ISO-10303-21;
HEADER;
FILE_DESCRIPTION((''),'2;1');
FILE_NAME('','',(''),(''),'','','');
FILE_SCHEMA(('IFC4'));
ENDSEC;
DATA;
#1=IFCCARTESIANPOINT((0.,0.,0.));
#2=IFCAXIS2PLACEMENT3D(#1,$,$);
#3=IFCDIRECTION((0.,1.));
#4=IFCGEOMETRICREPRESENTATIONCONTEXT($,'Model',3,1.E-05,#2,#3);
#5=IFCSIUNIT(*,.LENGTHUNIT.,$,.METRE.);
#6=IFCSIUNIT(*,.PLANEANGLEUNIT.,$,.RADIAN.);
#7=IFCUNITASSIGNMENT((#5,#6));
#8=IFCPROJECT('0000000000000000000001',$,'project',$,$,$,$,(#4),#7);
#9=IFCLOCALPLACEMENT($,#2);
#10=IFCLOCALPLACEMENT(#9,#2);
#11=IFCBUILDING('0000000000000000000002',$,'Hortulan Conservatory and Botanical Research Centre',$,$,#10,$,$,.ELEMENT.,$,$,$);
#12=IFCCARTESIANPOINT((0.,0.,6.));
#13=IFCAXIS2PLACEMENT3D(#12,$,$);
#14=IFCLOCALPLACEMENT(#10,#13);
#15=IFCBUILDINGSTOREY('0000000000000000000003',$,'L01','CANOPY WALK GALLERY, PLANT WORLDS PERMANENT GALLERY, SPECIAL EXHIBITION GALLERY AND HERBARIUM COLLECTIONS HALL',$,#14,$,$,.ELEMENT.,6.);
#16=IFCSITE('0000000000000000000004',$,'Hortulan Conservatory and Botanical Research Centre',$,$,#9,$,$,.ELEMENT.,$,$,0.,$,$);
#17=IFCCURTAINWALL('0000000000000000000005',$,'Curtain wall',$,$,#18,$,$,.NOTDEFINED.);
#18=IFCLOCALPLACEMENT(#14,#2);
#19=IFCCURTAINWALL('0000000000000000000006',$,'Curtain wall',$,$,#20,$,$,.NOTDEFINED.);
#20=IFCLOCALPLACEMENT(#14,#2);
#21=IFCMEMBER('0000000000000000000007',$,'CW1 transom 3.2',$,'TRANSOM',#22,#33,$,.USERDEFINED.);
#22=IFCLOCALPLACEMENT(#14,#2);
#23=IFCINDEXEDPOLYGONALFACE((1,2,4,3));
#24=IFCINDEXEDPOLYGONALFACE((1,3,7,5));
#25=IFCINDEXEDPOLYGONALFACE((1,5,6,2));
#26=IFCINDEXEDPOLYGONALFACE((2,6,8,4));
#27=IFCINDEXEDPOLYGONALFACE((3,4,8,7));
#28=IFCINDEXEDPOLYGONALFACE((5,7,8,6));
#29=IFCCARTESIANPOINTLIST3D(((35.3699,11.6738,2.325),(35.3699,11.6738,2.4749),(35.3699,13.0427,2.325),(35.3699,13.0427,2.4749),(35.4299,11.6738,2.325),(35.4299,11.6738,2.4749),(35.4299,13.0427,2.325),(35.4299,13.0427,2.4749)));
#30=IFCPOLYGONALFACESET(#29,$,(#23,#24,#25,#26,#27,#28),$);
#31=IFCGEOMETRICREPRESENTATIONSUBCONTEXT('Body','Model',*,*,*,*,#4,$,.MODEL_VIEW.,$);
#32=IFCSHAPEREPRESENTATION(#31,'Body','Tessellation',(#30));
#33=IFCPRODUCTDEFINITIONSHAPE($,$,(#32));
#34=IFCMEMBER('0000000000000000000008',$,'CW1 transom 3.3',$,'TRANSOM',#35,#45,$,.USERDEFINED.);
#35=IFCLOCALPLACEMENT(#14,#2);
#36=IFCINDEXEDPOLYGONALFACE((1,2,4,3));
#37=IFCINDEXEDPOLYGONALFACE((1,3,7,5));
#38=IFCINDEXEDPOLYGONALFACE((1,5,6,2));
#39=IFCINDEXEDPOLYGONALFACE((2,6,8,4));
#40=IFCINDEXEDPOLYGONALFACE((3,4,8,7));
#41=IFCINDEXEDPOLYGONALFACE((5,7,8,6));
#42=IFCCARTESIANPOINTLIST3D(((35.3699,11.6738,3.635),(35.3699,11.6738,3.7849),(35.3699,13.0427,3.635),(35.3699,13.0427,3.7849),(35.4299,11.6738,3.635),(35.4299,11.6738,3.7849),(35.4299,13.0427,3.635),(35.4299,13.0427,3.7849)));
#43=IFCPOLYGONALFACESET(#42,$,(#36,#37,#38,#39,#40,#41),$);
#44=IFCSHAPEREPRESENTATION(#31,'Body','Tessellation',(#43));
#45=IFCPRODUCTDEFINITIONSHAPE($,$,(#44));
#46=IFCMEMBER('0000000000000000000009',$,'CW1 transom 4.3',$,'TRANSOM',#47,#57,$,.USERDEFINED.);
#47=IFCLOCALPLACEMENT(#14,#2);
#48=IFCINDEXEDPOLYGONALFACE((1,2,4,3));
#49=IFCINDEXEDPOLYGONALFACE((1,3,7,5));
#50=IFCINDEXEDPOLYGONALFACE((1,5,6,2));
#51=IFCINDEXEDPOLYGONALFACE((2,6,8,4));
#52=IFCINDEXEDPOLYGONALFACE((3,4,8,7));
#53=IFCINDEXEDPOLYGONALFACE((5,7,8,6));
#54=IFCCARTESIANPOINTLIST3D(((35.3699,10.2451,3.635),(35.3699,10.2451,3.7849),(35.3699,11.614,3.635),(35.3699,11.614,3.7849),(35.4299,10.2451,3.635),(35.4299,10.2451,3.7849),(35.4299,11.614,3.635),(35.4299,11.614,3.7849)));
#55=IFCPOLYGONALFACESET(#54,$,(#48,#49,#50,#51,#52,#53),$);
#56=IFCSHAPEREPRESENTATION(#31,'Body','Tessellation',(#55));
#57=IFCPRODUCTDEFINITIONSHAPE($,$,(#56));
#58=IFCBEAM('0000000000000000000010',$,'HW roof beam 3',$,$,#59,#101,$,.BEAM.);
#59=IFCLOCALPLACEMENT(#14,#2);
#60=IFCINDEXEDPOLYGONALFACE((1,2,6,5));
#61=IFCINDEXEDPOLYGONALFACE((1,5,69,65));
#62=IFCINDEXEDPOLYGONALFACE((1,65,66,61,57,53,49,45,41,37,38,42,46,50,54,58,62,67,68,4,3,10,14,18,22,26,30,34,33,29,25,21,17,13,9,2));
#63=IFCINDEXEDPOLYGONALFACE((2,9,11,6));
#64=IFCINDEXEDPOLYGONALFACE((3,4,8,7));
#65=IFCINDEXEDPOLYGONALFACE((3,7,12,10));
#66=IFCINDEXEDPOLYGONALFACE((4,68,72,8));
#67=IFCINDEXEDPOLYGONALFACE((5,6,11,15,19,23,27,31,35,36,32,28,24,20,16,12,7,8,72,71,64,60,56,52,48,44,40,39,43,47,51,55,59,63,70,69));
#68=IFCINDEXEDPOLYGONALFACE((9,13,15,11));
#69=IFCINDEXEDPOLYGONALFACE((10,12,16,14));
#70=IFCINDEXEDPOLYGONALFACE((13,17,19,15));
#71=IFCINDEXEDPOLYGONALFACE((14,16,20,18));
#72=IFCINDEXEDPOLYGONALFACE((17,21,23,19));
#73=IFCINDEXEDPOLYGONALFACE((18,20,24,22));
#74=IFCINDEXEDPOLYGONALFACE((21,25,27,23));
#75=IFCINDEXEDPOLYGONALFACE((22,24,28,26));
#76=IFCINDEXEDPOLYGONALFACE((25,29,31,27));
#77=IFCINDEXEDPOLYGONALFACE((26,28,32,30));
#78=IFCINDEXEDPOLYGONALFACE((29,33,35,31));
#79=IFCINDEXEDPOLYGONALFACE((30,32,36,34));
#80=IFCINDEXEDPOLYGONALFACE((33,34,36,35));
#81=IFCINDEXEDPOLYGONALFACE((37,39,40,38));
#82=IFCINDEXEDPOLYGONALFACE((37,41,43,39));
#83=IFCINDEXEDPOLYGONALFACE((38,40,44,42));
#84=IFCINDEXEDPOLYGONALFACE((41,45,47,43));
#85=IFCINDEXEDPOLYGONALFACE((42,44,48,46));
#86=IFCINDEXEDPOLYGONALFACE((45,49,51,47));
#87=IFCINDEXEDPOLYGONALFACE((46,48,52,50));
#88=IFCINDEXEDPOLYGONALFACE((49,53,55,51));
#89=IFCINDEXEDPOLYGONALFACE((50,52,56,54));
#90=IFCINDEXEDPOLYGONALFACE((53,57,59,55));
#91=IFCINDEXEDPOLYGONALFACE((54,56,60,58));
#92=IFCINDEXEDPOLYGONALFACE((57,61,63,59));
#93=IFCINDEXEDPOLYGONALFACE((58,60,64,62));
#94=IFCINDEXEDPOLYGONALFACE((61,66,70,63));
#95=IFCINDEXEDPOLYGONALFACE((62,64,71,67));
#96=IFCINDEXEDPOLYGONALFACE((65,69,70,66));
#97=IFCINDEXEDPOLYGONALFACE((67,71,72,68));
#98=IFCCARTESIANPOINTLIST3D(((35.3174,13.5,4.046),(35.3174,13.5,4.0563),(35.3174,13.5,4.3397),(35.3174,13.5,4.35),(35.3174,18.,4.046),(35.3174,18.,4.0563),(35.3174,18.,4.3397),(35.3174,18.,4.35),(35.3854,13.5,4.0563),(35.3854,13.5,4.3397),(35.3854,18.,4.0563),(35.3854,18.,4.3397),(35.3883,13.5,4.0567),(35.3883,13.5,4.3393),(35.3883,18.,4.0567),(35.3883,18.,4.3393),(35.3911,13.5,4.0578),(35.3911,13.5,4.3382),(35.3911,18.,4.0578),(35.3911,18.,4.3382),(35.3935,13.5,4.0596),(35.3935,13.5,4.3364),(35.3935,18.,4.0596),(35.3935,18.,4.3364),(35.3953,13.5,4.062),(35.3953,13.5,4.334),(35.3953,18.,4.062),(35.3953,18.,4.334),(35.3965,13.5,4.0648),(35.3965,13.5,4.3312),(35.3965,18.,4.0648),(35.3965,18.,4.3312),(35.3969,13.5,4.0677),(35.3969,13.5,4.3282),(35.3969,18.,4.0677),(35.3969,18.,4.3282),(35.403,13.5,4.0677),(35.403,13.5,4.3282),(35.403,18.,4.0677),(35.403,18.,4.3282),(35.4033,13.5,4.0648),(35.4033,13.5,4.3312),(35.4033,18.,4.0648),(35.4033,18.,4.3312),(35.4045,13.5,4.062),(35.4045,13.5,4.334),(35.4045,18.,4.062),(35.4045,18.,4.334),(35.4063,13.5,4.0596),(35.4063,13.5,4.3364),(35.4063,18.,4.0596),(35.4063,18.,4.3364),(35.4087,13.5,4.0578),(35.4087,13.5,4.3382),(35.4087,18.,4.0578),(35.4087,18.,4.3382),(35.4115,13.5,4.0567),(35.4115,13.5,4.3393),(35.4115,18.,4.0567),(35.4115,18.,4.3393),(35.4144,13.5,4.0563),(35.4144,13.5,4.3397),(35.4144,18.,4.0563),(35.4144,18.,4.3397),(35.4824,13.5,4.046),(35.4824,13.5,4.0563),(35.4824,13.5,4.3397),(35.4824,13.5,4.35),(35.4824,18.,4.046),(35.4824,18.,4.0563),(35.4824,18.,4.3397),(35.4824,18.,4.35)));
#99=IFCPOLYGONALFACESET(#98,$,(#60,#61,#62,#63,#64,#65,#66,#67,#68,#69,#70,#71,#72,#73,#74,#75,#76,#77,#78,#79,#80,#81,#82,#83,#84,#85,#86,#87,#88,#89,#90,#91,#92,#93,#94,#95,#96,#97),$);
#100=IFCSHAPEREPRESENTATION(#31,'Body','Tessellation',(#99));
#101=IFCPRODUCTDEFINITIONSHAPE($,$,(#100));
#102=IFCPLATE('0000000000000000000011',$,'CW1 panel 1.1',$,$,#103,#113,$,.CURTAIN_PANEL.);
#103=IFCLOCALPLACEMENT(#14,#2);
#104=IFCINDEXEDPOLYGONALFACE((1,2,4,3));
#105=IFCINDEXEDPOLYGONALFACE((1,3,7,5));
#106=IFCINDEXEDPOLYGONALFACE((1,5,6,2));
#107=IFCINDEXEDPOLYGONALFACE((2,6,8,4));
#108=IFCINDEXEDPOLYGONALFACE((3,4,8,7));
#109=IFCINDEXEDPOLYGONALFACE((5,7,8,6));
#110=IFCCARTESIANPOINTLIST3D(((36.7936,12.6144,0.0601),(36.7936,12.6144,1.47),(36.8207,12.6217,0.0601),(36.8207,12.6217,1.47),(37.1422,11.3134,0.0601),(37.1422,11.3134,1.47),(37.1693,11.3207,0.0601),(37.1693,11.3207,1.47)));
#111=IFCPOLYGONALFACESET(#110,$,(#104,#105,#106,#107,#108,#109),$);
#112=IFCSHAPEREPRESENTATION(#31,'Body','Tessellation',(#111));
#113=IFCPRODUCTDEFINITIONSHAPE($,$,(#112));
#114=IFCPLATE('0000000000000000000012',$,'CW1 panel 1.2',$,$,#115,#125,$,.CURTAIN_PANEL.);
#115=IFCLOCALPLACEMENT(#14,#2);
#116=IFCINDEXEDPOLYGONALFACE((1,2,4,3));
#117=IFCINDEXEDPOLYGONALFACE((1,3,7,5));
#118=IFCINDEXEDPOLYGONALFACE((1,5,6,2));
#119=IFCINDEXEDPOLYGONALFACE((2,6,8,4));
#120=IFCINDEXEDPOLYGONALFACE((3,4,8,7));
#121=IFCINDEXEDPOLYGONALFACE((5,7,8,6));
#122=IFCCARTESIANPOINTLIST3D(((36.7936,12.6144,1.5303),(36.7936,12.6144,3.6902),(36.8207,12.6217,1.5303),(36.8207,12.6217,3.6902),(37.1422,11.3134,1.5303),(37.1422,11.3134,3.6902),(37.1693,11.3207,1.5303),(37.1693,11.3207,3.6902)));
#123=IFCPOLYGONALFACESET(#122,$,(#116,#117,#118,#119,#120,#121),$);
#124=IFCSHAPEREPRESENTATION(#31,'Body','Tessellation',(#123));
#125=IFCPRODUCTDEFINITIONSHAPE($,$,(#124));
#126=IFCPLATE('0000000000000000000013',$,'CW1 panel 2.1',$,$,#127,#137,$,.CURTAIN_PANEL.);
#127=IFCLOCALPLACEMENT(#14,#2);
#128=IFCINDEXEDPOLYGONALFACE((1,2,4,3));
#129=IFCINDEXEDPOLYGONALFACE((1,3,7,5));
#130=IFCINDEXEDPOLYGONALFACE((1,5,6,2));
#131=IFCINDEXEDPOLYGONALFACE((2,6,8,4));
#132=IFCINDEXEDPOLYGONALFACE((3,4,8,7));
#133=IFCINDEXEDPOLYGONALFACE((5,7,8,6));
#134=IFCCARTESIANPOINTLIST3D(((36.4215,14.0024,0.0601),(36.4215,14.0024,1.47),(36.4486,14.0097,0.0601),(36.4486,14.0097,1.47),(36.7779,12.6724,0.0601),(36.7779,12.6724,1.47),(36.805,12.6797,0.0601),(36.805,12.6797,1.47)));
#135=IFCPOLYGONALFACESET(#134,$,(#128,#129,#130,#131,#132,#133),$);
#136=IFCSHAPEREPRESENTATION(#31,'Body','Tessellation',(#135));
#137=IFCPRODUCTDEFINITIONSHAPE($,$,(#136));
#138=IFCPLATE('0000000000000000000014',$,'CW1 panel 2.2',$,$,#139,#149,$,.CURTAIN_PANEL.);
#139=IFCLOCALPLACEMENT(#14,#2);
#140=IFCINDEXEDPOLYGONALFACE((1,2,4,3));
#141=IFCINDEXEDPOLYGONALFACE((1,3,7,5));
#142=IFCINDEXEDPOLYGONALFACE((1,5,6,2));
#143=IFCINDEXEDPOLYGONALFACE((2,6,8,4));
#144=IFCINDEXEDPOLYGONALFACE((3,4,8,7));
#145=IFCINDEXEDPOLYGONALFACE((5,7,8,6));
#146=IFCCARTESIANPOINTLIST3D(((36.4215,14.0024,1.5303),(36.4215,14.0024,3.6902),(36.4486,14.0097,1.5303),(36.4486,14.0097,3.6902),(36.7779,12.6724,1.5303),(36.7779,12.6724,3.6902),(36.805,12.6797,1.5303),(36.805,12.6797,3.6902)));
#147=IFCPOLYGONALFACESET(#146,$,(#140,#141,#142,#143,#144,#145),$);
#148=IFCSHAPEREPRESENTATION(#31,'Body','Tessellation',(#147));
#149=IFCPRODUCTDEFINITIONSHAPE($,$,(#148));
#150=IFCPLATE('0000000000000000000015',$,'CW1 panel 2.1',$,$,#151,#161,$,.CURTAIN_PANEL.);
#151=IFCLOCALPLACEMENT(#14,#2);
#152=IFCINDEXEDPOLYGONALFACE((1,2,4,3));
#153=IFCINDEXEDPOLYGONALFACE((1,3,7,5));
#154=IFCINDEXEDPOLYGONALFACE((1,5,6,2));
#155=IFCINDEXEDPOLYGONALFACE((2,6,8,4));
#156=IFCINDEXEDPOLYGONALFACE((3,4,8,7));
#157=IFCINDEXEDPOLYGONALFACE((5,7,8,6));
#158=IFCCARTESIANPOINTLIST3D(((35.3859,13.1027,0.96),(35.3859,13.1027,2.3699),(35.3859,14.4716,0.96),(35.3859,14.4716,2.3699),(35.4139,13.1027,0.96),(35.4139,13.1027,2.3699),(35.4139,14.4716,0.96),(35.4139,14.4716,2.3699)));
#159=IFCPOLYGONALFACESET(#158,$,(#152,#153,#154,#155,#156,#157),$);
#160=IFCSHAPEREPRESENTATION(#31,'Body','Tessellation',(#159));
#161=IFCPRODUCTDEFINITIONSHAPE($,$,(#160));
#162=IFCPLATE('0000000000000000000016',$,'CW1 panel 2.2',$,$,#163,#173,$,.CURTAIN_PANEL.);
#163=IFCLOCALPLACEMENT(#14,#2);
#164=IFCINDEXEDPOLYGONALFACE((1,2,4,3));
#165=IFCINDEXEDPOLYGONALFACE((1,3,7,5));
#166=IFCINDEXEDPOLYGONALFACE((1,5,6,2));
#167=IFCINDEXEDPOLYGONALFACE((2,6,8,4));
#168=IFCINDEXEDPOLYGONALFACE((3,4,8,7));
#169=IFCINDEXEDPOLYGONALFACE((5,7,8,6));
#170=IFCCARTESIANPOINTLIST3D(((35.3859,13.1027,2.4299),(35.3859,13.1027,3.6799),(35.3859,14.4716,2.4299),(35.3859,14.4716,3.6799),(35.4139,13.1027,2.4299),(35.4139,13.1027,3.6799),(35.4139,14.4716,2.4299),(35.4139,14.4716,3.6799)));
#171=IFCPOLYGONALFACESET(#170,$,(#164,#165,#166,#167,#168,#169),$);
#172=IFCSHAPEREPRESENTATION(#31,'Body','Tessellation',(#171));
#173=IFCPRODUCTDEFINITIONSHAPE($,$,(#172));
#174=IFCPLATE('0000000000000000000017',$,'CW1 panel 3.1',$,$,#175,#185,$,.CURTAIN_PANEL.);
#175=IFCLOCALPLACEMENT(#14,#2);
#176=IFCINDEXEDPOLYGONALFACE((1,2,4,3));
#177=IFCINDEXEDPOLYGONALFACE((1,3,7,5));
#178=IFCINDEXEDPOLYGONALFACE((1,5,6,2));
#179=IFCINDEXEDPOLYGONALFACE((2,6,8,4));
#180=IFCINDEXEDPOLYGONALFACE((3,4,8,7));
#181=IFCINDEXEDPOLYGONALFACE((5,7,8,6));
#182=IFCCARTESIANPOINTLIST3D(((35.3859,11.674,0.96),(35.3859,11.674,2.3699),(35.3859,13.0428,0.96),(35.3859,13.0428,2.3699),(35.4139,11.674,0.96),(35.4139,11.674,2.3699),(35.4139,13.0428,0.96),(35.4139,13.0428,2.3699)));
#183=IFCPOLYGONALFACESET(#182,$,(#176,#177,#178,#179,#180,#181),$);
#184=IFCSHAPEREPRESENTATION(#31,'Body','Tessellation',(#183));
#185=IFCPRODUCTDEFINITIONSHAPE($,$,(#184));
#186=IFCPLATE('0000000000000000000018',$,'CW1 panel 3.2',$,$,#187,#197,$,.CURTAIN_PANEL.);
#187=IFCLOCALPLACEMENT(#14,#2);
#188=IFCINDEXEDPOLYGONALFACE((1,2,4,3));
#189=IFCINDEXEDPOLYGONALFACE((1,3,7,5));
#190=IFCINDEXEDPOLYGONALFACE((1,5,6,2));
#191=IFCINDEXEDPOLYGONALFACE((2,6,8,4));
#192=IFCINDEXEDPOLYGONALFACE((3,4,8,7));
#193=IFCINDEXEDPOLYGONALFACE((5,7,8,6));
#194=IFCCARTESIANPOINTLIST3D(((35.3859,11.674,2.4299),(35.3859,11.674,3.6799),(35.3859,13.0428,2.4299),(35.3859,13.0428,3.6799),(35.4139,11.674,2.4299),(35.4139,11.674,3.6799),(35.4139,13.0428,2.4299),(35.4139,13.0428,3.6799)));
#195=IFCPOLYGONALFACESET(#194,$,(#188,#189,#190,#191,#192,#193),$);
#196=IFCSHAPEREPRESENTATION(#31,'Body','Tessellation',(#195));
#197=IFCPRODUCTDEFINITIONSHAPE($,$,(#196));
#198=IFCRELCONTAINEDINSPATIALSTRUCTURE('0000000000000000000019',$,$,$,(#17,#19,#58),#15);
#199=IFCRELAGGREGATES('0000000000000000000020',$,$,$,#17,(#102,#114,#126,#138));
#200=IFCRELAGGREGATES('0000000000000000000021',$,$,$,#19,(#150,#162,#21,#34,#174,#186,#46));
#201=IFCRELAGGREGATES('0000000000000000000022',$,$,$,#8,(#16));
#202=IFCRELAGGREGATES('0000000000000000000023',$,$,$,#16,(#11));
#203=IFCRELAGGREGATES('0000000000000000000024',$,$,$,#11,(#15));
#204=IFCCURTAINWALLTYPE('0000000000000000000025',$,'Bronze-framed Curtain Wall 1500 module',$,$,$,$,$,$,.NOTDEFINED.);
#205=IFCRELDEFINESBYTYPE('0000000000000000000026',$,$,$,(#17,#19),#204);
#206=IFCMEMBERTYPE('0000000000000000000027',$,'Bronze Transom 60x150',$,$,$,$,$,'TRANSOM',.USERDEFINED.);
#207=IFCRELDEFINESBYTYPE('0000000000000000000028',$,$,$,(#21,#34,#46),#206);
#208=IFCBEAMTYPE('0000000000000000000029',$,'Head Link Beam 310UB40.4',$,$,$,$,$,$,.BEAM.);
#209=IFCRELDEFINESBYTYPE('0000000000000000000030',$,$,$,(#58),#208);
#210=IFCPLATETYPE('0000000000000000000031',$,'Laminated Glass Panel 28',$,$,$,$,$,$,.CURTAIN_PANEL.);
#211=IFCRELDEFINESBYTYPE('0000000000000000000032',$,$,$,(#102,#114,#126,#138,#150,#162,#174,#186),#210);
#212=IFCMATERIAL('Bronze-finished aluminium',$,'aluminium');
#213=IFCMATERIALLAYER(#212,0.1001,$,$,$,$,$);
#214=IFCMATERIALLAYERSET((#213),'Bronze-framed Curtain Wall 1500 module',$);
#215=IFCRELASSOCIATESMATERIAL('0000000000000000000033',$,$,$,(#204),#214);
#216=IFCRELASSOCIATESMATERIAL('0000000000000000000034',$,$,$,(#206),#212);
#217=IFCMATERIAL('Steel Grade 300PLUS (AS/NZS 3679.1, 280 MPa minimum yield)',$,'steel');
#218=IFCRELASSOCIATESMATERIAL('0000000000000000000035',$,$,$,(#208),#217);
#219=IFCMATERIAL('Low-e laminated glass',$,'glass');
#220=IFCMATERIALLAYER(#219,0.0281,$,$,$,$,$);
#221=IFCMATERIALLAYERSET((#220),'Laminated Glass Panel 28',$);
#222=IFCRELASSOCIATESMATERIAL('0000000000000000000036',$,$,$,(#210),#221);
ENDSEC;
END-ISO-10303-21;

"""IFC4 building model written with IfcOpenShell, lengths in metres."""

from ifc_helpers import new_model, si_unit, direction, frame, origin, origin_2d, place, context, subcontext, project, spatial, rectangle, i_section, extrude, material, layer, layer_set, material_profile, profile_set, type_object, element, aggregate, save


model = new_model("IFC4")

# Units and contexts
model_context = context("Model", 3, precision=1e-05, world=origin(), true_north=direction((0.0, 1.0)))
body_context = subcontext(model_context, "Body", "Model", "MODEL_VIEW")
ifc_project = project(units=[si_unit("LENGTHUNIT", "METRE"), si_unit("PLANEANGLEUNIT", "RADIAN")], contexts=[model_context])

# Site, building, storey
site_placement = place(None, origin())
site = spatial("IfcSite", under=ifc_project, at=site_placement, Name="Hortulan Conservatory and Botanical Research Centre", CompositionType="ELEMENT", RefElevation=0.0)
building_placement = place(site_placement, origin())
building = spatial("IfcBuilding", under=site, at=building_placement, Name="Hortulan Conservatory and Botanical Research Centre", CompositionType="ELEMENT")
storey_placement = place(building_placement, frame((0.0, 0.0, 6.0)))
storey = spatial("IfcBuildingStorey", under=building, at=storey_placement, Name="L01", Description="CANOPY WALK GALLERY, PLANT WORLDS PERMANENT GALLERY, SPECIAL EXHIBITION GALLERY AND HERBARIUM COLLECTIONS HALL", CompositionType="ELEMENT", Elevation=6.0)

# Curtain walls
ifc_material_1 = material(Name="Bronze-finished aluminium", Category="aluminium")
ifc_layer_1 = layer(ifc_material_1, 0.1001)
ifc_layer_set_1 = layer_set([ifc_layer_1], Name="Bronze-framed Curtain Wall 1500 module")
curtain_wall_type = type_object("IfcCurtainWallType", Name="Bronze-framed Curtain Wall 1500 module", PredefinedType="NOTDEFINED", material=ifc_layer_set_1)
curtain_wall_1_placement = place(storey_placement, origin())
curtain_wall_1 = element("IfcCurtainWall", 1, at=curtain_wall_1_placement, inside=storey, type_object=curtain_wall_type, Name="Curtain wall", PredefinedType="NOTDEFINED")
curtain_wall_2_placement = place(storey_placement, origin())
curtain_wall_2 = element("IfcCurtainWall", 2, at=curtain_wall_2_placement, inside=storey, type_object=curtain_wall_type, Name="Curtain wall", PredefinedType="NOTDEFINED")

# Members
ifc_material_profile_1 = material_profile(ifc_material_1, rectangle(XDim=0.0601, YDim=0.1499, at=origin_2d()), Name="Bronze Transom 60x150")
ifc_profile_set_1 = profile_set([ifc_material_profile_1], Name="Bronze-finished aluminium")
member_type_1 = type_object("IfcMemberType", Name="Bronze Transom 60x150", ElementType="TRANSOM", PredefinedType="USERDEFINED", material=ifc_profile_set_1)
member_1_placement = place(storey_placement, frame((35.3999, 13.0427, 2.3999), z_axis=(0.0, -1.0, 0.0), x_axis=(1.0, 0.0, 0.0)))
member_1 = element("IfcMember", 3, at=member_1_placement, type_object=member_type_1, Name="CW1 transom 3.2", ObjectType="TRANSOM", PredefinedType="USERDEFINED", context=body_context, shape_type="SweptSolid", body=[
    extrude(rectangle(XDim=0.0601, YDim=0.1499, at=origin_2d()), origin(), (0.0, 0.0, 1.0), 1.3689),
])
member_2_placement = place(storey_placement, frame((35.3999, 13.0427, 3.71), z_axis=(0.0, -1.0, 0.0), x_axis=(1.0, 0.0, 0.0)))
member_2 = element("IfcMember", 4, at=member_2_placement, type_object=member_type_1, Name="CW1 transom 3.3", ObjectType="TRANSOM", PredefinedType="USERDEFINED", context=body_context, shape_type="SweptSolid", body=[
    extrude(rectangle(XDim=0.0601, YDim=0.1499, at=origin_2d()), origin(), (0.0, 0.0, 1.0), 1.3689),
])
member_3_placement = place(storey_placement, frame((35.3999, 11.614, 3.71), z_axis=(0.0, -1.0, 0.0), x_axis=(1.0, 0.0, 0.0)))
member_3 = element("IfcMember", 5, at=member_3_placement, type_object=member_type_1, Name="CW1 transom 4.3", ObjectType="TRANSOM", PredefinedType="USERDEFINED", context=body_context, shape_type="SweptSolid", body=[
    extrude(rectangle(XDim=0.0601, YDim=0.1499, at=origin_2d()), origin(), (0.0, 0.0, 1.0), 1.3689),
])

# Beam
ifc_material_2 = material(Name="Steel Grade 300PLUS (AS/NZS 3679.1, 280 MPa minimum yield)", Category="steel")
ifc_material_profile_2 = material_profile(ifc_material_2, i_section(OverallWidth=0.165, OverallDepth=0.304, WebThickness=0.0061, FlangeThickness=0.0103, FilletRadius=0.0115, at=origin_2d()), Name="310UB40.4")
ifc_profile_set_2 = profile_set([ifc_material_profile_2], Name="Steel Grade 300PLUS (AS/NZS 3679.1, 280 MPa minimum yield)")
beam_type = type_object("IfcBeamType", Name="Head Link Beam 310UB40.4", PredefinedType="BEAM", material=ifc_profile_set_2)
beam_placement = place(storey_placement, frame((35.3999, 13.5, 4.198), z_axis=(0.0, 1.0, 0.0), x_axis=(-1.0, 0.0, 0.0)))
element("IfcBeam", 6, at=beam_placement, inside=storey, type_object=beam_type, Name="HW roof beam 3", PredefinedType="BEAM", context=body_context, shape_type="SweptSolid", body=[
    extrude(i_section(OverallWidth=0.165, OverallDepth=0.304, WebThickness=0.0061, FlangeThickness=0.0103, FilletRadius=0.0115, at=origin_2d()), origin(), (0.0, 0.0, 1.0), 4.5),
])

# Plates
ifc_material_3 = material(Name="Low-e laminated glass", Category="glass")
ifc_layer_2 = layer(ifc_material_3, 0.0281)
ifc_layer_set_2 = layer_set([ifc_layer_2], Name="Laminated Glass Panel 28")
plate_type = type_object("IfcPlateType", Name="Laminated Glass Panel 28", PredefinedType="CURTAIN_PANEL", material=ifc_layer_set_2)
plate_1_placement = place(storey_placement, frame((36.9814, 11.9675, 0.0601), z_axis=(0.0, 0.0, 1.0), x_axis=(-0.258832, 0.965922, 0.0)))
plate_1 = element("IfcPlate", 7, at=plate_1_placement, type_object=plate_type, Name="CW1 panel 1.1", PredefinedType="CURTAIN_PANEL", context=body_context, shape_type="SweptSolid", body=[
    extrude(rectangle(XDim=1.3469, YDim=0.0281, at=origin_2d()), origin(), (0.0, 0.0, 1.0), 1.4099),
])
plate_2_placement = place(storey_placement, frame((36.9814, 11.9675, 1.5303), z_axis=(0.0, 0.0, 1.0), x_axis=(-0.258832, 0.965922, 0.0)))
plate_2 = element("IfcPlate", 8, at=plate_2_placement, type_object=plate_type, Name="CW1 panel 1.2", PredefinedType="CURTAIN_PANEL", context=body_context, shape_type="SweptSolid", body=[
    extrude(rectangle(XDim=1.3469, YDim=0.0281, at=origin_2d()), origin(), (0.0, 0.0, 1.0), 2.1599),
])
plate_3_placement = place(storey_placement, frame((36.6133, 13.3411, 0.0601), z_axis=(0.0, 0.0, 1.0), x_axis=(-0.258832, 0.965922, 0.0)))
plate_3 = element("IfcPlate", 9, at=plate_3_placement, type_object=plate_type, Name="CW1 panel 2.1", PredefinedType="CURTAIN_PANEL", context=body_context, shape_type="SweptSolid", body=[
    extrude(rectangle(XDim=1.377, YDim=0.0281, at=origin_2d()), origin(), (0.0, 0.0, 1.0), 1.4099),
])
plate_4_placement = place(storey_placement, frame((36.6133, 13.3411, 1.5303), z_axis=(0.0, 0.0, 1.0), x_axis=(-0.258832, 0.965922, 0.0)))
plate_4 = element("IfcPlate", 10, at=plate_4_placement, type_object=plate_type, Name="CW1 panel 2.2", PredefinedType="CURTAIN_PANEL", context=body_context, shape_type="SweptSolid", body=[
    extrude(rectangle(XDim=1.377, YDim=0.0281, at=origin_2d()), origin(), (0.0, 0.0, 1.0), 2.1599),
])
aggregate(curtain_wall_1, [plate_1, plate_2, plate_3, plate_4])
plate_5_placement = place(storey_placement, frame((35.3999, 13.7871, 0.96), z_axis=(0.0, 0.0, 1.0), x_axis=(0.0, -1.0, 0.0)))
plate_5 = element("IfcPlate", 11, at=plate_5_placement, type_object=plate_type, Name="CW1 panel 2.1", PredefinedType="CURTAIN_PANEL", context=body_context, shape_type="SweptSolid", body=[
    extrude(rectangle(XDim=1.3689, YDim=0.0281, at=origin_2d()), origin(), (0.0, 0.0, 1.0), 1.4099),
])
plate_6_placement = place(storey_placement, frame((35.3999, 13.7871, 2.4299), z_axis=(0.0, 0.0, 1.0), x_axis=(0.0, -1.0, 0.0)))
plate_6 = element("IfcPlate", 12, at=plate_6_placement, type_object=plate_type, Name="CW1 panel 2.2", PredefinedType="CURTAIN_PANEL", context=body_context, shape_type="SweptSolid", body=[
    extrude(rectangle(XDim=1.3689, YDim=0.0281, at=origin_2d()), origin(), (0.0, 0.0, 1.0), 1.25),
])
plate_7_placement = place(storey_placement, frame((35.3999, 12.3584, 0.96), z_axis=(0.0, 0.0, 1.0), x_axis=(0.0, -1.0, 0.0)))
plate_7 = element("IfcPlate", 13, at=plate_7_placement, type_object=plate_type, Name="CW1 panel 3.1", PredefinedType="CURTAIN_PANEL", context=body_context, shape_type="SweptSolid", body=[
    extrude(rectangle(XDim=1.3689, YDim=0.0281, at=origin_2d()), origin(), (0.0, 0.0, 1.0), 1.4099),
])
plate_8_placement = place(storey_placement, frame((35.3999, 12.3584, 2.4299), z_axis=(0.0, 0.0, 1.0), x_axis=(0.0, -1.0, 0.0)))
plate_8 = element("IfcPlate", 14, at=plate_8_placement, type_object=plate_type, Name="CW1 panel 3.2", PredefinedType="CURTAIN_PANEL", context=body_context, shape_type="SweptSolid", body=[
    extrude(rectangle(XDim=1.3689, YDim=0.0281, at=origin_2d()), origin(), (0.0, 0.0, 1.0), 1.25),
])
aggregate(curtain_wall_2, [plate_5, plate_6, member_1, member_2, plate_7, plate_8, member_3])

save(model, "model.ifc")
